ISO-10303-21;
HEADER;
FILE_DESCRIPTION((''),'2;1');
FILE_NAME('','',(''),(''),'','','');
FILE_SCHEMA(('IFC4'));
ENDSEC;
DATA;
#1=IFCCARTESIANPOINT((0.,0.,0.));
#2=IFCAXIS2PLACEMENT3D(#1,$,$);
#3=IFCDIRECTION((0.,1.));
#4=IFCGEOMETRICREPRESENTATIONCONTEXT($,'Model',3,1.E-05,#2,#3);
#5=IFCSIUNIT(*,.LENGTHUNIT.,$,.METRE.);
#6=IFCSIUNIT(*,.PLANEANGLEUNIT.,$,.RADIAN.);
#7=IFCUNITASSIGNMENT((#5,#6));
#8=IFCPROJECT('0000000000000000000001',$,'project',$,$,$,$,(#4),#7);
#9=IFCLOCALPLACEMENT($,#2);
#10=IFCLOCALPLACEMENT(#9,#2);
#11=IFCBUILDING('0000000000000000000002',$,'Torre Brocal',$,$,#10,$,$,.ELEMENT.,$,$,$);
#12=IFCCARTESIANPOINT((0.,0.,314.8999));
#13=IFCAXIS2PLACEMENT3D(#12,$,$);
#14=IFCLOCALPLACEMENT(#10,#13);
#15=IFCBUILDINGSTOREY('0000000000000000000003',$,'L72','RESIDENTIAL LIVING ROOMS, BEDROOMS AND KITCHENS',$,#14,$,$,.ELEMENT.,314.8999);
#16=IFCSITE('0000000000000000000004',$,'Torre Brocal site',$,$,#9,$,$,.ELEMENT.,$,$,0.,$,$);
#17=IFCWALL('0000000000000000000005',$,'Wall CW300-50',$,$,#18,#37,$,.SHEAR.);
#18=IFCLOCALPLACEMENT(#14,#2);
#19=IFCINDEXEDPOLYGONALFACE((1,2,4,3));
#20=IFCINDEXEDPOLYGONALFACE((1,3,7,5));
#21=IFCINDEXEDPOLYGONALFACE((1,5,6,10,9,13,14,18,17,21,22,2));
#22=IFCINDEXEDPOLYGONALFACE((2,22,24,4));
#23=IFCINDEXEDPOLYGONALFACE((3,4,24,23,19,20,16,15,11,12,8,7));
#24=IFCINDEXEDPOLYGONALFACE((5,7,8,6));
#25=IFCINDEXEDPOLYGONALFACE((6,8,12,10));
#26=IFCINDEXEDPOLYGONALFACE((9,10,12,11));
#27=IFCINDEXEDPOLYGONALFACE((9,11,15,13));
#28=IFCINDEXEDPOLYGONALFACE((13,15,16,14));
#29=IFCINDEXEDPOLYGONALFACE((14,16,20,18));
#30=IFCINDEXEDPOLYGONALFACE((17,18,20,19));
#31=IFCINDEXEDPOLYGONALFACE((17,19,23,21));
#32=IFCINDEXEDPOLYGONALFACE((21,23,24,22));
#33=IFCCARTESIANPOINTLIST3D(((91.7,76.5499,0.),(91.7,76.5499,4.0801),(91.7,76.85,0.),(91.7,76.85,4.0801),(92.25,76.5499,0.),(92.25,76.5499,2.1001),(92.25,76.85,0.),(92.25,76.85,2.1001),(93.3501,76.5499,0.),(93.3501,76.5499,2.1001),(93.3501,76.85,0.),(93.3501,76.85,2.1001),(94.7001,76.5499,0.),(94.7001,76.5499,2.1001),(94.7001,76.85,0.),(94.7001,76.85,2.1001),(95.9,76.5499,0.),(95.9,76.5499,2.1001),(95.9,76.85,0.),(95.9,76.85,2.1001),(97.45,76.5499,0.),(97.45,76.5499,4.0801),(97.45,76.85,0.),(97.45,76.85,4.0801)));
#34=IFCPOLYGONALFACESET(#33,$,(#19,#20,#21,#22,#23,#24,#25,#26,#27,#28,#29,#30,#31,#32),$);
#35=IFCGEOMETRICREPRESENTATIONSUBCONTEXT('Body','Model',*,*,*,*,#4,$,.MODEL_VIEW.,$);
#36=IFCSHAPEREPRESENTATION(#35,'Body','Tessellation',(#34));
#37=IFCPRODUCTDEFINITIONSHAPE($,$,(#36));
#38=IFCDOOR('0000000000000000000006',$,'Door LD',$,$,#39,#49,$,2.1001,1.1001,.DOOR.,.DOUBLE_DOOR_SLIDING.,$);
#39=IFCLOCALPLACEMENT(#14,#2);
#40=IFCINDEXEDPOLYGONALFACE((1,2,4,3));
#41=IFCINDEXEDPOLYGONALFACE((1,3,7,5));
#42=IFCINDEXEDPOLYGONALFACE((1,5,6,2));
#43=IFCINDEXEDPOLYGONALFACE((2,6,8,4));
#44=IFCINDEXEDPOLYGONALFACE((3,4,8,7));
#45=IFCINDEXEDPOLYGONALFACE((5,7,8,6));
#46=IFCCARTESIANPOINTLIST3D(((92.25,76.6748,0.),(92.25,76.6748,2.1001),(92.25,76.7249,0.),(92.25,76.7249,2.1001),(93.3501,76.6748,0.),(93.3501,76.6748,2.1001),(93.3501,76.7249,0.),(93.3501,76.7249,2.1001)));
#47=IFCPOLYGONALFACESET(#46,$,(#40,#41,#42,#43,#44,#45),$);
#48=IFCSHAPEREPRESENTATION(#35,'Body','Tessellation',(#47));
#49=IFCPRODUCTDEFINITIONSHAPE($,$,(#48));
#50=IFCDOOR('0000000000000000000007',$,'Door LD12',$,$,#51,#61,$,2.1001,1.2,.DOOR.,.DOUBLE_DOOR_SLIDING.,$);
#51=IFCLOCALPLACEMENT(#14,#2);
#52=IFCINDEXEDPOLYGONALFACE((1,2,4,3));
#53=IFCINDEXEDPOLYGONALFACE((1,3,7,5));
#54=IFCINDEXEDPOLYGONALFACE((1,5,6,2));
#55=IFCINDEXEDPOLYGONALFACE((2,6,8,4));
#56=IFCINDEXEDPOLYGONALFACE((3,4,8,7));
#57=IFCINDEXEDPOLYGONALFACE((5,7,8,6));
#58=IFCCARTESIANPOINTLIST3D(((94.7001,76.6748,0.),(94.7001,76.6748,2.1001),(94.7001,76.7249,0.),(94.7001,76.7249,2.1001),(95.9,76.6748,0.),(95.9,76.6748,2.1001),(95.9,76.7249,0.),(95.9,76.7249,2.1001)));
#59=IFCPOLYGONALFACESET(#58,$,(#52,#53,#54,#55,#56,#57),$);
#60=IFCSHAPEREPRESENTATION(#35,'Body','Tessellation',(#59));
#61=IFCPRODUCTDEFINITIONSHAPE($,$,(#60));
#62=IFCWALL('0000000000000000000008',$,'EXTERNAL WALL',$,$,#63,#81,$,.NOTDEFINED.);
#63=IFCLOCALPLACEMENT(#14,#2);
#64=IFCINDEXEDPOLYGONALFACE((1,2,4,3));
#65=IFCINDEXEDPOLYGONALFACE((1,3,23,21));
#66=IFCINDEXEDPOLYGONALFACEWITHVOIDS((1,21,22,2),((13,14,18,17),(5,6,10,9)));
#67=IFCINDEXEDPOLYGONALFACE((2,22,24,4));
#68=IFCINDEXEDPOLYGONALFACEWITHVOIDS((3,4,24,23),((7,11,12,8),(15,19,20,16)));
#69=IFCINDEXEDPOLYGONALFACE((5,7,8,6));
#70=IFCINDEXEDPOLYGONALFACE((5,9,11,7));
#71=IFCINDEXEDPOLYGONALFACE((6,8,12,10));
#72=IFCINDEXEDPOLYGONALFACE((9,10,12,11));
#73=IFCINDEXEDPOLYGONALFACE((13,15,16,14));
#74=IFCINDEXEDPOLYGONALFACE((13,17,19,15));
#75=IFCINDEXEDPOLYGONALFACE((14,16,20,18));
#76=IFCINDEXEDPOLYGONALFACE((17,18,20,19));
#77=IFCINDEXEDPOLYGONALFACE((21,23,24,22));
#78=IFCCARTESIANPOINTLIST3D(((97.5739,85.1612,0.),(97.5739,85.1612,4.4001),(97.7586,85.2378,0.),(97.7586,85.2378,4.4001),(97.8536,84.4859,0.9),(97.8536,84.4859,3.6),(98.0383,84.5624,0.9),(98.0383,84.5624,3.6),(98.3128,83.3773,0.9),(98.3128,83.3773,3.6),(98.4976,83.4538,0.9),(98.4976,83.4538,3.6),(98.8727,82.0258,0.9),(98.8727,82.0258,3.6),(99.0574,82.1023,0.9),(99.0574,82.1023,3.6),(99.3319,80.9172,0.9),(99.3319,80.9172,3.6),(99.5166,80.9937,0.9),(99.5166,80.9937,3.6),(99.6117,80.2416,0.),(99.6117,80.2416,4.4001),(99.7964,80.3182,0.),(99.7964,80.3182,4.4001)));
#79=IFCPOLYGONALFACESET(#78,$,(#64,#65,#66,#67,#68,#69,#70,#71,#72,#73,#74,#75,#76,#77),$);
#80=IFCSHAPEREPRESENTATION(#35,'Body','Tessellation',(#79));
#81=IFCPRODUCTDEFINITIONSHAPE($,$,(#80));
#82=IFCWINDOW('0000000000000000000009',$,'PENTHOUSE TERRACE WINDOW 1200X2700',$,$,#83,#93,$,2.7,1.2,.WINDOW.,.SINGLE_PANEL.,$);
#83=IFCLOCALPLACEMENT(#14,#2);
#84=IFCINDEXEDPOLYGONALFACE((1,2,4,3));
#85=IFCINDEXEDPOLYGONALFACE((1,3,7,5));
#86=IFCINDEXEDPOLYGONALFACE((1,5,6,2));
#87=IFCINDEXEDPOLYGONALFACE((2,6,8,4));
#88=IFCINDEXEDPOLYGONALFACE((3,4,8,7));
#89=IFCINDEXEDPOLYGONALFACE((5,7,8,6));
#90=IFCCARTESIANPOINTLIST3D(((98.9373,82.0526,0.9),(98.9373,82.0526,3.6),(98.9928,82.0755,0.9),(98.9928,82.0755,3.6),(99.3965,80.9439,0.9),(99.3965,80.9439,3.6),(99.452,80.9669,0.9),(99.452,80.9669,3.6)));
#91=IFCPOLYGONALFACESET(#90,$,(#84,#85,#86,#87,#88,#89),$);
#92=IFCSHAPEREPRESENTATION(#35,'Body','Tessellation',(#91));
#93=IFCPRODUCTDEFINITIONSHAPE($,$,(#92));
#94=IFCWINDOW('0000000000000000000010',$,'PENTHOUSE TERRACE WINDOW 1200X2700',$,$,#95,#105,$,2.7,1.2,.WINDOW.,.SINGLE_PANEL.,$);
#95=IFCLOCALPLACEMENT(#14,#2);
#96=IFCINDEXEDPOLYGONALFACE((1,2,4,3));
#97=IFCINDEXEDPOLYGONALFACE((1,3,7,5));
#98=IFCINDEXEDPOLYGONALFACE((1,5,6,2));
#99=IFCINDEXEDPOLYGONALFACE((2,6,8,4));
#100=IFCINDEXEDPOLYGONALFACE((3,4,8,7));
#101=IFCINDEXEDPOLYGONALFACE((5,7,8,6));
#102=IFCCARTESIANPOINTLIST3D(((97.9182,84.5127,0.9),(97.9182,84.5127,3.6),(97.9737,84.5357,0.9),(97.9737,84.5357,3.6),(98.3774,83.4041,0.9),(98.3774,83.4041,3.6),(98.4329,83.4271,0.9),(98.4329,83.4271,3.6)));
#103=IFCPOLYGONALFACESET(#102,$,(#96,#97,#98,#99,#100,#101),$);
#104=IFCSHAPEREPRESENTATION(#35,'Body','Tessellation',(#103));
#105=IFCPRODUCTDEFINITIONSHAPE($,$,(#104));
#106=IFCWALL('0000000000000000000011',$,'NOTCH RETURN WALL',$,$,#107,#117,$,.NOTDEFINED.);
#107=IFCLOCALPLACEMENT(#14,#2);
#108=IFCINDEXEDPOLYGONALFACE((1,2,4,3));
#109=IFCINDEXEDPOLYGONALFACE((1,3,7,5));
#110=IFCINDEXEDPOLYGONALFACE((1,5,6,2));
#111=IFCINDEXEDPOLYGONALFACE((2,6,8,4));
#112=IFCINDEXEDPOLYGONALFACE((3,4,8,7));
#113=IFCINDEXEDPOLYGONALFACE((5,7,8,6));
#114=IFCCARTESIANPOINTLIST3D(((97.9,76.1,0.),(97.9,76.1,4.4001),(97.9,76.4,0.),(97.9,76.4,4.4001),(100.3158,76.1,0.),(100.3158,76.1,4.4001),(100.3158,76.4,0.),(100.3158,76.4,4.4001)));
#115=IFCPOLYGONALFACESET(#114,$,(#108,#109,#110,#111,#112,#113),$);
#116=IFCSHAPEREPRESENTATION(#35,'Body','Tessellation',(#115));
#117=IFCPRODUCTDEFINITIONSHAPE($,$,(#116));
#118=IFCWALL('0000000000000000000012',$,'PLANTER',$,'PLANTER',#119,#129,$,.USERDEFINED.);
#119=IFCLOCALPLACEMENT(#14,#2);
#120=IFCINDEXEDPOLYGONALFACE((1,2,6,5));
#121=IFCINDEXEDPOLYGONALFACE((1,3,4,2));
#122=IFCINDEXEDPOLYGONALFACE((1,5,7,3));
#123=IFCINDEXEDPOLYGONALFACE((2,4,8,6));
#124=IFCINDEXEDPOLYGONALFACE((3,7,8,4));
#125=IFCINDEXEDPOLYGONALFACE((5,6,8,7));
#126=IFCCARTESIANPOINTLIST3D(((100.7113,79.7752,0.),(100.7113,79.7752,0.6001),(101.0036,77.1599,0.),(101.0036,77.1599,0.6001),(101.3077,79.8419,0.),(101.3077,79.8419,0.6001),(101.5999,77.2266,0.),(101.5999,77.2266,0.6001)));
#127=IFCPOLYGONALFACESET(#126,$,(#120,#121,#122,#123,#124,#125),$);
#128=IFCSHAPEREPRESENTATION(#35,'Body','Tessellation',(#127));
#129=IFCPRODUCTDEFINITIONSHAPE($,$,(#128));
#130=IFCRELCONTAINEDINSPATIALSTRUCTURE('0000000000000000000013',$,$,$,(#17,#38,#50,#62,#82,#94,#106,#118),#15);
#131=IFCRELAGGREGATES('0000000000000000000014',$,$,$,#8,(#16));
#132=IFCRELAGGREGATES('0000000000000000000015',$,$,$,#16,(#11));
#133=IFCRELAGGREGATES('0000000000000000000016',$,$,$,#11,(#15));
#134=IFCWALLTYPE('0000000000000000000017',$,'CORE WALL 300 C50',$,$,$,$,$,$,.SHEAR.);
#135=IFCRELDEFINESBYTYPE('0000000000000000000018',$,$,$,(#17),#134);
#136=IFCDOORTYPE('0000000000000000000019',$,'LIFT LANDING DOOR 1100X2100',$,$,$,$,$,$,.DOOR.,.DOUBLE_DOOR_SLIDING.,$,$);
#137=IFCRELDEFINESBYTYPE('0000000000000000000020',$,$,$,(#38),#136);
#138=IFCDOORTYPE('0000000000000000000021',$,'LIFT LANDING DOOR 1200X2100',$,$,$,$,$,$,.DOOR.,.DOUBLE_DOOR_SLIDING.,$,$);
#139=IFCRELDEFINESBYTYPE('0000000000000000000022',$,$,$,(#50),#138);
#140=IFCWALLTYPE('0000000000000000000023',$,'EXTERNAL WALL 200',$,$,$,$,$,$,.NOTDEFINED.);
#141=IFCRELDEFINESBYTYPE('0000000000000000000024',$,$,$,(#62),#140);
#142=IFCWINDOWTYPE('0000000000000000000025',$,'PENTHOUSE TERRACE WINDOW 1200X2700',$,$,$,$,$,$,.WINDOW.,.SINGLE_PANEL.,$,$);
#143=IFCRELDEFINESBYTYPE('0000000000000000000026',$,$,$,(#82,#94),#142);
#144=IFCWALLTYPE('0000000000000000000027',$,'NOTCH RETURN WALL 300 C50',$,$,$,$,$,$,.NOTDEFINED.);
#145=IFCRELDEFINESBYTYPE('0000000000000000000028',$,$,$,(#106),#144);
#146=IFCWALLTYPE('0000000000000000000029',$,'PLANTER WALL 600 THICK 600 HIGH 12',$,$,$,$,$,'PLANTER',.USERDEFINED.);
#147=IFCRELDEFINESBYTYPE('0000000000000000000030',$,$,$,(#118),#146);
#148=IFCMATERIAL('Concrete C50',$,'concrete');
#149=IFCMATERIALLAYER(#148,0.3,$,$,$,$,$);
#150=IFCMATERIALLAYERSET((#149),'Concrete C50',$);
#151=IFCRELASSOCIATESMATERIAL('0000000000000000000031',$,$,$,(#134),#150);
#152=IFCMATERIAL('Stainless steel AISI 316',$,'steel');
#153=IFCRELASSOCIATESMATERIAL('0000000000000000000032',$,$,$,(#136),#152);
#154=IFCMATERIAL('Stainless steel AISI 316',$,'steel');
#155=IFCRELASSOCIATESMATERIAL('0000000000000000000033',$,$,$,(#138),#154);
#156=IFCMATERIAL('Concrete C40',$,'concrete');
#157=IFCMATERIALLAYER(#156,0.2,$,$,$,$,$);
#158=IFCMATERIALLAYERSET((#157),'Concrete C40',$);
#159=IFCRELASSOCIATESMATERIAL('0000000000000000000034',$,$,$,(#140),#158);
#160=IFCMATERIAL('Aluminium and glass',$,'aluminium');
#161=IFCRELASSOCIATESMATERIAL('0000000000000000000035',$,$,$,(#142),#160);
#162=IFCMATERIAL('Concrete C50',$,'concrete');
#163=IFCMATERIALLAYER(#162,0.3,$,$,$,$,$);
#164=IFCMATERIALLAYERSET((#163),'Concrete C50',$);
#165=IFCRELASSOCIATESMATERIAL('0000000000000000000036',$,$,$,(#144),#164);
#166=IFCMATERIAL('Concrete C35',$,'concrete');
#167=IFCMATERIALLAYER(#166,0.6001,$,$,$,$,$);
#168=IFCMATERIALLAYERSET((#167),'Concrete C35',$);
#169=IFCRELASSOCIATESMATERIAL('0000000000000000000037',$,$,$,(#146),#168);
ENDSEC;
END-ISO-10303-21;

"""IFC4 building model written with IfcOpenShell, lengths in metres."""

from ifc_helpers import new_model, si_unit, direction, frame, frame_2d, origin, place, context, subcontext, project, spatial, rectangle, extrude, material, layer, layer_set, type_object, element, fill, save


model = new_model("IFC4")

# Units and contexts
model_context = context("Model", 3, precision=1e-05, world=origin(), true_north=direction((0.0, 1.0)))
body_context = subcontext(model_context, "Body", "Model", "MODEL_VIEW")
ifc_project = project(units=[si_unit("LENGTHUNIT", "METRE"), si_unit("PLANEANGLEUNIT", "RADIAN")], contexts=[model_context])

# Site, building, storey
site_placement = place(None, origin())
site = spatial("IfcSite", under=ifc_project, at=site_placement, Name="Torre Brocal site", CompositionType="ELEMENT", RefElevation=0.0)
building_placement = place(site_placement, origin())
building = spatial("IfcBuilding", under=site, at=building_placement, Name="Torre Brocal", CompositionType="ELEMENT")
storey_placement = place(building_placement, frame((0.0, 0.0, 314.8999)))
storey = spatial("IfcBuildingStorey", under=building, at=storey_placement, Name="L72", Description="RESIDENTIAL LIVING ROOMS, BEDROOMS AND KITCHENS", CompositionType="ELEMENT", Elevation=314.8999)

# Shared definitions
ifc_material_1 = material(Name="Concrete C50", Category="concrete")
ifc_layer_1 = layer(ifc_material_1, 0.3)
ifc_layer_set_1 = layer_set([ifc_layer_1], Name="Concrete C50")
wall_type_1 = type_object("IfcWallType", Name="CORE WALL 300 C50", PredefinedType="SHEAR", material=ifc_layer_set_1)

# Wall, openings, doors
wall_1_placement = place(storey_placement, frame((91.7, 76.7, 0.0), z_axis=(0.0, 0.0, 1.0), x_axis=(1.0, 0.0, 0.0)))
wall_1 = element("IfcWall", 1, at=wall_1_placement, inside=storey, type_object=wall_type_1, Name="Wall CW300-50", PredefinedType="SHEAR", context=body_context, shape_type="SweptSolid", body=[
    extrude(rectangle(XDim=5.75, YDim=0.3, at=frame_2d((2.875, 0.0))), origin(), (0.0, 0.0, 1.0), 4.0801),
])
opening_1_placement = place(wall_1_placement, frame((0.55, 0.0, 0.0)))
opening_1 = element("IfcOpeningElement", 2, at=opening_1_placement, cuts=wall_1, PredefinedType="OPENING", context=body_context, shape_type="SweptSolid", body=[
    extrude(rectangle(XDim=1.1001, YDim=2.1001, at=frame_2d((0.55, 1.05))), frame((0.0, 0.1599, 0.0), z_axis=(0.0, -1.0, 0.0), x_axis=(1.0, 0.0, 0.0)), (0.0, 0.0, 1.0), 0.3201),
])
opening_2_placement = place(wall_1_placement, frame((3.0, 0.0, 0.0)))
opening_2 = element("IfcOpeningElement", 3, at=opening_2_placement, cuts=wall_1, PredefinedType="OPENING", context=body_context, shape_type="SweptSolid", body=[
    extrude(rectangle(XDim=1.2, YDim=2.1001, at=frame_2d((0.6001, 1.05))), frame((0.0, 0.1599, 0.0), z_axis=(0.0, -1.0, 0.0), x_axis=(1.0, 0.0, 0.0)), (0.0, 0.0, 1.0), 0.3201),
])
ifc_material_2 = material(Name="Stainless steel AISI 316", Category="steel")
door_type_1 = type_object("IfcDoorType", Name="LIFT LANDING DOOR 1100X2100", OperationType="DOUBLE_DOOR_SLIDING", PredefinedType="DOOR", material=ifc_material_2)
door_1_placement = place(opening_1_placement, origin())
door_1 = element("IfcDoor", 4, at=door_1_placement, inside=storey, type_object=door_type_1, Name="Door LD", OperationType="DOUBLE_DOOR_SLIDING", OverallHeight=2.1001, OverallWidth=1.1001, PredefinedType="DOOR", context=body_context, shape_type="SweptSolid", body=[
    extrude(rectangle(XDim=1.1001, YDim=2.1001, at=frame_2d((0.55, 1.05))), frame((0.0, 0.0249, 0.0), z_axis=(0.0, -1.0, 0.0), x_axis=(1.0, 0.0, 0.0)), (0.0, 0.0, 1.0), 0.05),
])
fill(opening_1, door_1)
ifc_material_3 = material(Name="Stainless steel AISI 316", Category="steel")
door_type_2 = type_object("IfcDoorType", Name="LIFT LANDING DOOR 1200X2100", OperationType="DOUBLE_DOOR_SLIDING", PredefinedType="DOOR", material=ifc_material_3)
door_2_placement = place(opening_2_placement, origin())
door_2 = element("IfcDoor", 5, at=door_2_placement, inside=storey, type_object=door_type_2, Name="Door LD12", OperationType="DOUBLE_DOOR_SLIDING", OverallHeight=2.1001, OverallWidth=1.2, PredefinedType="DOOR", context=body_context, shape_type="SweptSolid", body=[
    extrude(rectangle(XDim=1.2, YDim=2.1001, at=frame_2d((0.6001, 1.05))), frame((0.0, 0.0249, 0.0), z_axis=(0.0, -1.0, 0.0), x_axis=(1.0, 0.0, 0.0)), (0.0, 0.0, 1.0), 0.05),
])
fill(opening_2, door_2)

# Wall, openings, windows
ifc_material_4 = material(Name="Concrete C40", Category="concrete")
ifc_layer_2 = layer(ifc_material_4, 0.2)
ifc_layer_set_2 = layer_set([ifc_layer_2], Name="Concrete C40")
wall_type_2 = type_object("IfcWallType", Name="EXTERNAL WALL 200", PredefinedType="NOTDEFINED", material=ifc_layer_set_2)
wall_2_placement = place(storey_placement, frame((99.7041, 80.2798, 0.0), z_axis=(0.0, 0.0, 1.0), x_axis=(-0.382691, 0.923877, 0.0)))
wall_2 = element("IfcWall", 6, at=wall_2_placement, inside=storey, type_object=wall_type_2, Name="EXTERNAL WALL", PredefinedType="NOTDEFINED", context=body_context, shape_type="SweptSolid", body=[
    extrude(rectangle(XDim=5.325, YDim=0.2, at=frame_2d((2.6626, 0.0))), origin(), (0.0, 0.0, 1.0), 4.4001),
])
opening_3_placement = place(wall_2_placement, frame((0.7312, 0.0, 0.8999)))
opening_3 = element("IfcOpeningElement", 7, at=opening_3_placement, cuts=wall_2, PredefinedType="OPENING", context=body_context, shape_type="SweptSolid", body=[
    extrude(rectangle(XDim=1.2, YDim=2.7, at=frame_2d((0.6001, 1.3501))), frame((0.0, 0.1099, 0.0), z_axis=(0.0, -1.0, 0.0), x_axis=(1.0, 0.0, 0.0)), (0.0, 0.0, 1.0), 0.22),
])
opening_4_placement = place(wall_2_placement, frame((3.394, 0.0, 0.8999)))
opening_4 = element("IfcOpeningElement", 8, at=opening_4_placement, cuts=wall_2, PredefinedType="OPENING", context=body_context, shape_type="SweptSolid", body=[
    extrude(rectangle(XDim=1.2, YDim=2.7, at=frame_2d((0.6001, 1.3501))), frame((0.0, 0.1099, 0.0), z_axis=(0.0, -1.0, 0.0), x_axis=(1.0, 0.0, 0.0)), (0.0, 0.0, 1.0), 0.22),
])
ifc_material_5 = material(Name="Aluminium and glass", Category="aluminium")
window_type = type_object("IfcWindowType", Name="PENTHOUSE TERRACE WINDOW 1200X2700", PartitioningType="SINGLE_PANEL", PredefinedType="WINDOW", material=ifc_material_5)
window_1_placement = place(opening_3_placement, origin())
window_1 = element("IfcWindow", 9, at=window_1_placement, inside=storey, type_object=window_type, Name="PENTHOUSE TERRACE WINDOW 1200X2700", OverallHeight=2.7, OverallWidth=1.2, PartitioningType="SINGLE_PANEL", PredefinedType="WINDOW", context=body_context, shape_type="SweptSolid", body=[
    extrude(rectangle(XDim=1.2, YDim=2.7, at=frame_2d((0.6001, 1.3501))), frame((0.0, 0.03, 0.0), z_axis=(0.0, -1.0, 0.0), x_axis=(1.0, 0.0, 0.0)), (0.0, 0.0, 1.0), 0.0601),
])
fill(opening_3, window_1)
window_2_placement = place(opening_4_placement, origin())
window_2 = element("IfcWindow", 10, at=window_2_placement, inside=storey, type_object=window_type, Name="PENTHOUSE TERRACE WINDOW 1200X2700", OverallHeight=2.7, OverallWidth=1.2, PartitioningType="SINGLE_PANEL", PredefinedType="WINDOW", context=body_context, shape_type="SweptSolid", body=[
    extrude(rectangle(XDim=1.2, YDim=2.7, at=frame_2d((0.6001, 1.3501))), frame((0.0, 0.03, 0.0), z_axis=(0.0, -1.0, 0.0), x_axis=(1.0, 0.0, 0.0)), (0.0, 0.0, 1.0), 0.0601),
])
fill(opening_4, window_2)

# Walls
ifc_material_6 = material(Name="Concrete C50", Category="concrete")
ifc_layer_3 = layer(ifc_material_6, 0.3)
ifc_layer_set_3 = layer_set([ifc_layer_3], Name="Concrete C50")
wall_type_3 = type_object("IfcWallType", Name="NOTCH RETURN WALL 300 C50", PredefinedType="NOTDEFINED", material=ifc_layer_set_3)
wall_3_placement = place(storey_placement, frame((97.8999, 76.25, 0.0), z_axis=(0.0, 0.0, 1.0), x_axis=(1.0, 0.0, 0.0)))
element("IfcWall", 11, at=wall_3_placement, inside=storey, type_object=wall_type_3, Name="NOTCH RETURN WALL", PredefinedType="NOTDEFINED", context=body_context, shape_type="SweptSolid", body=[
    extrude(rectangle(XDim=2.4158, YDim=0.3, at=frame_2d((1.208, 0.0))), origin(), (0.0, 0.0, 1.0), 4.4001),
])
ifc_material_7 = material(Name="Concrete C35", Category="concrete")
ifc_layer_4 = layer(ifc_material_7, 0.6001)
ifc_layer_set_4 = layer_set([ifc_layer_4], Name="Concrete C35")
wall_type_4 = type_object("IfcWallType", Name="PLANTER WALL 600 THICK 600 HIGH 12", ElementType="PLANTER", PredefinedType="USERDEFINED", material=ifc_layer_set_4)
wall_4_placement = place(storey_placement, frame((101.3018, 77.1931, 0.0), z_axis=(0.0, 0.0, 1.0), x_axis=(-0.111053, 0.993815, 0.0)))
element("IfcWall", 12, at=wall_4_placement, inside=storey, type_object=wall_type_4, Name="PLANTER", ObjectType="PLANTER", PredefinedType="USERDEFINED", context=body_context, shape_type="SweptSolid", body=[
    extrude(rectangle(XDim=2.6316, YDim=0.6001, at=frame_2d((1.3159, 0.0))), origin(), (0.0, 0.0, 1.0), 0.6001),
])

save(model, "model.ifc")
